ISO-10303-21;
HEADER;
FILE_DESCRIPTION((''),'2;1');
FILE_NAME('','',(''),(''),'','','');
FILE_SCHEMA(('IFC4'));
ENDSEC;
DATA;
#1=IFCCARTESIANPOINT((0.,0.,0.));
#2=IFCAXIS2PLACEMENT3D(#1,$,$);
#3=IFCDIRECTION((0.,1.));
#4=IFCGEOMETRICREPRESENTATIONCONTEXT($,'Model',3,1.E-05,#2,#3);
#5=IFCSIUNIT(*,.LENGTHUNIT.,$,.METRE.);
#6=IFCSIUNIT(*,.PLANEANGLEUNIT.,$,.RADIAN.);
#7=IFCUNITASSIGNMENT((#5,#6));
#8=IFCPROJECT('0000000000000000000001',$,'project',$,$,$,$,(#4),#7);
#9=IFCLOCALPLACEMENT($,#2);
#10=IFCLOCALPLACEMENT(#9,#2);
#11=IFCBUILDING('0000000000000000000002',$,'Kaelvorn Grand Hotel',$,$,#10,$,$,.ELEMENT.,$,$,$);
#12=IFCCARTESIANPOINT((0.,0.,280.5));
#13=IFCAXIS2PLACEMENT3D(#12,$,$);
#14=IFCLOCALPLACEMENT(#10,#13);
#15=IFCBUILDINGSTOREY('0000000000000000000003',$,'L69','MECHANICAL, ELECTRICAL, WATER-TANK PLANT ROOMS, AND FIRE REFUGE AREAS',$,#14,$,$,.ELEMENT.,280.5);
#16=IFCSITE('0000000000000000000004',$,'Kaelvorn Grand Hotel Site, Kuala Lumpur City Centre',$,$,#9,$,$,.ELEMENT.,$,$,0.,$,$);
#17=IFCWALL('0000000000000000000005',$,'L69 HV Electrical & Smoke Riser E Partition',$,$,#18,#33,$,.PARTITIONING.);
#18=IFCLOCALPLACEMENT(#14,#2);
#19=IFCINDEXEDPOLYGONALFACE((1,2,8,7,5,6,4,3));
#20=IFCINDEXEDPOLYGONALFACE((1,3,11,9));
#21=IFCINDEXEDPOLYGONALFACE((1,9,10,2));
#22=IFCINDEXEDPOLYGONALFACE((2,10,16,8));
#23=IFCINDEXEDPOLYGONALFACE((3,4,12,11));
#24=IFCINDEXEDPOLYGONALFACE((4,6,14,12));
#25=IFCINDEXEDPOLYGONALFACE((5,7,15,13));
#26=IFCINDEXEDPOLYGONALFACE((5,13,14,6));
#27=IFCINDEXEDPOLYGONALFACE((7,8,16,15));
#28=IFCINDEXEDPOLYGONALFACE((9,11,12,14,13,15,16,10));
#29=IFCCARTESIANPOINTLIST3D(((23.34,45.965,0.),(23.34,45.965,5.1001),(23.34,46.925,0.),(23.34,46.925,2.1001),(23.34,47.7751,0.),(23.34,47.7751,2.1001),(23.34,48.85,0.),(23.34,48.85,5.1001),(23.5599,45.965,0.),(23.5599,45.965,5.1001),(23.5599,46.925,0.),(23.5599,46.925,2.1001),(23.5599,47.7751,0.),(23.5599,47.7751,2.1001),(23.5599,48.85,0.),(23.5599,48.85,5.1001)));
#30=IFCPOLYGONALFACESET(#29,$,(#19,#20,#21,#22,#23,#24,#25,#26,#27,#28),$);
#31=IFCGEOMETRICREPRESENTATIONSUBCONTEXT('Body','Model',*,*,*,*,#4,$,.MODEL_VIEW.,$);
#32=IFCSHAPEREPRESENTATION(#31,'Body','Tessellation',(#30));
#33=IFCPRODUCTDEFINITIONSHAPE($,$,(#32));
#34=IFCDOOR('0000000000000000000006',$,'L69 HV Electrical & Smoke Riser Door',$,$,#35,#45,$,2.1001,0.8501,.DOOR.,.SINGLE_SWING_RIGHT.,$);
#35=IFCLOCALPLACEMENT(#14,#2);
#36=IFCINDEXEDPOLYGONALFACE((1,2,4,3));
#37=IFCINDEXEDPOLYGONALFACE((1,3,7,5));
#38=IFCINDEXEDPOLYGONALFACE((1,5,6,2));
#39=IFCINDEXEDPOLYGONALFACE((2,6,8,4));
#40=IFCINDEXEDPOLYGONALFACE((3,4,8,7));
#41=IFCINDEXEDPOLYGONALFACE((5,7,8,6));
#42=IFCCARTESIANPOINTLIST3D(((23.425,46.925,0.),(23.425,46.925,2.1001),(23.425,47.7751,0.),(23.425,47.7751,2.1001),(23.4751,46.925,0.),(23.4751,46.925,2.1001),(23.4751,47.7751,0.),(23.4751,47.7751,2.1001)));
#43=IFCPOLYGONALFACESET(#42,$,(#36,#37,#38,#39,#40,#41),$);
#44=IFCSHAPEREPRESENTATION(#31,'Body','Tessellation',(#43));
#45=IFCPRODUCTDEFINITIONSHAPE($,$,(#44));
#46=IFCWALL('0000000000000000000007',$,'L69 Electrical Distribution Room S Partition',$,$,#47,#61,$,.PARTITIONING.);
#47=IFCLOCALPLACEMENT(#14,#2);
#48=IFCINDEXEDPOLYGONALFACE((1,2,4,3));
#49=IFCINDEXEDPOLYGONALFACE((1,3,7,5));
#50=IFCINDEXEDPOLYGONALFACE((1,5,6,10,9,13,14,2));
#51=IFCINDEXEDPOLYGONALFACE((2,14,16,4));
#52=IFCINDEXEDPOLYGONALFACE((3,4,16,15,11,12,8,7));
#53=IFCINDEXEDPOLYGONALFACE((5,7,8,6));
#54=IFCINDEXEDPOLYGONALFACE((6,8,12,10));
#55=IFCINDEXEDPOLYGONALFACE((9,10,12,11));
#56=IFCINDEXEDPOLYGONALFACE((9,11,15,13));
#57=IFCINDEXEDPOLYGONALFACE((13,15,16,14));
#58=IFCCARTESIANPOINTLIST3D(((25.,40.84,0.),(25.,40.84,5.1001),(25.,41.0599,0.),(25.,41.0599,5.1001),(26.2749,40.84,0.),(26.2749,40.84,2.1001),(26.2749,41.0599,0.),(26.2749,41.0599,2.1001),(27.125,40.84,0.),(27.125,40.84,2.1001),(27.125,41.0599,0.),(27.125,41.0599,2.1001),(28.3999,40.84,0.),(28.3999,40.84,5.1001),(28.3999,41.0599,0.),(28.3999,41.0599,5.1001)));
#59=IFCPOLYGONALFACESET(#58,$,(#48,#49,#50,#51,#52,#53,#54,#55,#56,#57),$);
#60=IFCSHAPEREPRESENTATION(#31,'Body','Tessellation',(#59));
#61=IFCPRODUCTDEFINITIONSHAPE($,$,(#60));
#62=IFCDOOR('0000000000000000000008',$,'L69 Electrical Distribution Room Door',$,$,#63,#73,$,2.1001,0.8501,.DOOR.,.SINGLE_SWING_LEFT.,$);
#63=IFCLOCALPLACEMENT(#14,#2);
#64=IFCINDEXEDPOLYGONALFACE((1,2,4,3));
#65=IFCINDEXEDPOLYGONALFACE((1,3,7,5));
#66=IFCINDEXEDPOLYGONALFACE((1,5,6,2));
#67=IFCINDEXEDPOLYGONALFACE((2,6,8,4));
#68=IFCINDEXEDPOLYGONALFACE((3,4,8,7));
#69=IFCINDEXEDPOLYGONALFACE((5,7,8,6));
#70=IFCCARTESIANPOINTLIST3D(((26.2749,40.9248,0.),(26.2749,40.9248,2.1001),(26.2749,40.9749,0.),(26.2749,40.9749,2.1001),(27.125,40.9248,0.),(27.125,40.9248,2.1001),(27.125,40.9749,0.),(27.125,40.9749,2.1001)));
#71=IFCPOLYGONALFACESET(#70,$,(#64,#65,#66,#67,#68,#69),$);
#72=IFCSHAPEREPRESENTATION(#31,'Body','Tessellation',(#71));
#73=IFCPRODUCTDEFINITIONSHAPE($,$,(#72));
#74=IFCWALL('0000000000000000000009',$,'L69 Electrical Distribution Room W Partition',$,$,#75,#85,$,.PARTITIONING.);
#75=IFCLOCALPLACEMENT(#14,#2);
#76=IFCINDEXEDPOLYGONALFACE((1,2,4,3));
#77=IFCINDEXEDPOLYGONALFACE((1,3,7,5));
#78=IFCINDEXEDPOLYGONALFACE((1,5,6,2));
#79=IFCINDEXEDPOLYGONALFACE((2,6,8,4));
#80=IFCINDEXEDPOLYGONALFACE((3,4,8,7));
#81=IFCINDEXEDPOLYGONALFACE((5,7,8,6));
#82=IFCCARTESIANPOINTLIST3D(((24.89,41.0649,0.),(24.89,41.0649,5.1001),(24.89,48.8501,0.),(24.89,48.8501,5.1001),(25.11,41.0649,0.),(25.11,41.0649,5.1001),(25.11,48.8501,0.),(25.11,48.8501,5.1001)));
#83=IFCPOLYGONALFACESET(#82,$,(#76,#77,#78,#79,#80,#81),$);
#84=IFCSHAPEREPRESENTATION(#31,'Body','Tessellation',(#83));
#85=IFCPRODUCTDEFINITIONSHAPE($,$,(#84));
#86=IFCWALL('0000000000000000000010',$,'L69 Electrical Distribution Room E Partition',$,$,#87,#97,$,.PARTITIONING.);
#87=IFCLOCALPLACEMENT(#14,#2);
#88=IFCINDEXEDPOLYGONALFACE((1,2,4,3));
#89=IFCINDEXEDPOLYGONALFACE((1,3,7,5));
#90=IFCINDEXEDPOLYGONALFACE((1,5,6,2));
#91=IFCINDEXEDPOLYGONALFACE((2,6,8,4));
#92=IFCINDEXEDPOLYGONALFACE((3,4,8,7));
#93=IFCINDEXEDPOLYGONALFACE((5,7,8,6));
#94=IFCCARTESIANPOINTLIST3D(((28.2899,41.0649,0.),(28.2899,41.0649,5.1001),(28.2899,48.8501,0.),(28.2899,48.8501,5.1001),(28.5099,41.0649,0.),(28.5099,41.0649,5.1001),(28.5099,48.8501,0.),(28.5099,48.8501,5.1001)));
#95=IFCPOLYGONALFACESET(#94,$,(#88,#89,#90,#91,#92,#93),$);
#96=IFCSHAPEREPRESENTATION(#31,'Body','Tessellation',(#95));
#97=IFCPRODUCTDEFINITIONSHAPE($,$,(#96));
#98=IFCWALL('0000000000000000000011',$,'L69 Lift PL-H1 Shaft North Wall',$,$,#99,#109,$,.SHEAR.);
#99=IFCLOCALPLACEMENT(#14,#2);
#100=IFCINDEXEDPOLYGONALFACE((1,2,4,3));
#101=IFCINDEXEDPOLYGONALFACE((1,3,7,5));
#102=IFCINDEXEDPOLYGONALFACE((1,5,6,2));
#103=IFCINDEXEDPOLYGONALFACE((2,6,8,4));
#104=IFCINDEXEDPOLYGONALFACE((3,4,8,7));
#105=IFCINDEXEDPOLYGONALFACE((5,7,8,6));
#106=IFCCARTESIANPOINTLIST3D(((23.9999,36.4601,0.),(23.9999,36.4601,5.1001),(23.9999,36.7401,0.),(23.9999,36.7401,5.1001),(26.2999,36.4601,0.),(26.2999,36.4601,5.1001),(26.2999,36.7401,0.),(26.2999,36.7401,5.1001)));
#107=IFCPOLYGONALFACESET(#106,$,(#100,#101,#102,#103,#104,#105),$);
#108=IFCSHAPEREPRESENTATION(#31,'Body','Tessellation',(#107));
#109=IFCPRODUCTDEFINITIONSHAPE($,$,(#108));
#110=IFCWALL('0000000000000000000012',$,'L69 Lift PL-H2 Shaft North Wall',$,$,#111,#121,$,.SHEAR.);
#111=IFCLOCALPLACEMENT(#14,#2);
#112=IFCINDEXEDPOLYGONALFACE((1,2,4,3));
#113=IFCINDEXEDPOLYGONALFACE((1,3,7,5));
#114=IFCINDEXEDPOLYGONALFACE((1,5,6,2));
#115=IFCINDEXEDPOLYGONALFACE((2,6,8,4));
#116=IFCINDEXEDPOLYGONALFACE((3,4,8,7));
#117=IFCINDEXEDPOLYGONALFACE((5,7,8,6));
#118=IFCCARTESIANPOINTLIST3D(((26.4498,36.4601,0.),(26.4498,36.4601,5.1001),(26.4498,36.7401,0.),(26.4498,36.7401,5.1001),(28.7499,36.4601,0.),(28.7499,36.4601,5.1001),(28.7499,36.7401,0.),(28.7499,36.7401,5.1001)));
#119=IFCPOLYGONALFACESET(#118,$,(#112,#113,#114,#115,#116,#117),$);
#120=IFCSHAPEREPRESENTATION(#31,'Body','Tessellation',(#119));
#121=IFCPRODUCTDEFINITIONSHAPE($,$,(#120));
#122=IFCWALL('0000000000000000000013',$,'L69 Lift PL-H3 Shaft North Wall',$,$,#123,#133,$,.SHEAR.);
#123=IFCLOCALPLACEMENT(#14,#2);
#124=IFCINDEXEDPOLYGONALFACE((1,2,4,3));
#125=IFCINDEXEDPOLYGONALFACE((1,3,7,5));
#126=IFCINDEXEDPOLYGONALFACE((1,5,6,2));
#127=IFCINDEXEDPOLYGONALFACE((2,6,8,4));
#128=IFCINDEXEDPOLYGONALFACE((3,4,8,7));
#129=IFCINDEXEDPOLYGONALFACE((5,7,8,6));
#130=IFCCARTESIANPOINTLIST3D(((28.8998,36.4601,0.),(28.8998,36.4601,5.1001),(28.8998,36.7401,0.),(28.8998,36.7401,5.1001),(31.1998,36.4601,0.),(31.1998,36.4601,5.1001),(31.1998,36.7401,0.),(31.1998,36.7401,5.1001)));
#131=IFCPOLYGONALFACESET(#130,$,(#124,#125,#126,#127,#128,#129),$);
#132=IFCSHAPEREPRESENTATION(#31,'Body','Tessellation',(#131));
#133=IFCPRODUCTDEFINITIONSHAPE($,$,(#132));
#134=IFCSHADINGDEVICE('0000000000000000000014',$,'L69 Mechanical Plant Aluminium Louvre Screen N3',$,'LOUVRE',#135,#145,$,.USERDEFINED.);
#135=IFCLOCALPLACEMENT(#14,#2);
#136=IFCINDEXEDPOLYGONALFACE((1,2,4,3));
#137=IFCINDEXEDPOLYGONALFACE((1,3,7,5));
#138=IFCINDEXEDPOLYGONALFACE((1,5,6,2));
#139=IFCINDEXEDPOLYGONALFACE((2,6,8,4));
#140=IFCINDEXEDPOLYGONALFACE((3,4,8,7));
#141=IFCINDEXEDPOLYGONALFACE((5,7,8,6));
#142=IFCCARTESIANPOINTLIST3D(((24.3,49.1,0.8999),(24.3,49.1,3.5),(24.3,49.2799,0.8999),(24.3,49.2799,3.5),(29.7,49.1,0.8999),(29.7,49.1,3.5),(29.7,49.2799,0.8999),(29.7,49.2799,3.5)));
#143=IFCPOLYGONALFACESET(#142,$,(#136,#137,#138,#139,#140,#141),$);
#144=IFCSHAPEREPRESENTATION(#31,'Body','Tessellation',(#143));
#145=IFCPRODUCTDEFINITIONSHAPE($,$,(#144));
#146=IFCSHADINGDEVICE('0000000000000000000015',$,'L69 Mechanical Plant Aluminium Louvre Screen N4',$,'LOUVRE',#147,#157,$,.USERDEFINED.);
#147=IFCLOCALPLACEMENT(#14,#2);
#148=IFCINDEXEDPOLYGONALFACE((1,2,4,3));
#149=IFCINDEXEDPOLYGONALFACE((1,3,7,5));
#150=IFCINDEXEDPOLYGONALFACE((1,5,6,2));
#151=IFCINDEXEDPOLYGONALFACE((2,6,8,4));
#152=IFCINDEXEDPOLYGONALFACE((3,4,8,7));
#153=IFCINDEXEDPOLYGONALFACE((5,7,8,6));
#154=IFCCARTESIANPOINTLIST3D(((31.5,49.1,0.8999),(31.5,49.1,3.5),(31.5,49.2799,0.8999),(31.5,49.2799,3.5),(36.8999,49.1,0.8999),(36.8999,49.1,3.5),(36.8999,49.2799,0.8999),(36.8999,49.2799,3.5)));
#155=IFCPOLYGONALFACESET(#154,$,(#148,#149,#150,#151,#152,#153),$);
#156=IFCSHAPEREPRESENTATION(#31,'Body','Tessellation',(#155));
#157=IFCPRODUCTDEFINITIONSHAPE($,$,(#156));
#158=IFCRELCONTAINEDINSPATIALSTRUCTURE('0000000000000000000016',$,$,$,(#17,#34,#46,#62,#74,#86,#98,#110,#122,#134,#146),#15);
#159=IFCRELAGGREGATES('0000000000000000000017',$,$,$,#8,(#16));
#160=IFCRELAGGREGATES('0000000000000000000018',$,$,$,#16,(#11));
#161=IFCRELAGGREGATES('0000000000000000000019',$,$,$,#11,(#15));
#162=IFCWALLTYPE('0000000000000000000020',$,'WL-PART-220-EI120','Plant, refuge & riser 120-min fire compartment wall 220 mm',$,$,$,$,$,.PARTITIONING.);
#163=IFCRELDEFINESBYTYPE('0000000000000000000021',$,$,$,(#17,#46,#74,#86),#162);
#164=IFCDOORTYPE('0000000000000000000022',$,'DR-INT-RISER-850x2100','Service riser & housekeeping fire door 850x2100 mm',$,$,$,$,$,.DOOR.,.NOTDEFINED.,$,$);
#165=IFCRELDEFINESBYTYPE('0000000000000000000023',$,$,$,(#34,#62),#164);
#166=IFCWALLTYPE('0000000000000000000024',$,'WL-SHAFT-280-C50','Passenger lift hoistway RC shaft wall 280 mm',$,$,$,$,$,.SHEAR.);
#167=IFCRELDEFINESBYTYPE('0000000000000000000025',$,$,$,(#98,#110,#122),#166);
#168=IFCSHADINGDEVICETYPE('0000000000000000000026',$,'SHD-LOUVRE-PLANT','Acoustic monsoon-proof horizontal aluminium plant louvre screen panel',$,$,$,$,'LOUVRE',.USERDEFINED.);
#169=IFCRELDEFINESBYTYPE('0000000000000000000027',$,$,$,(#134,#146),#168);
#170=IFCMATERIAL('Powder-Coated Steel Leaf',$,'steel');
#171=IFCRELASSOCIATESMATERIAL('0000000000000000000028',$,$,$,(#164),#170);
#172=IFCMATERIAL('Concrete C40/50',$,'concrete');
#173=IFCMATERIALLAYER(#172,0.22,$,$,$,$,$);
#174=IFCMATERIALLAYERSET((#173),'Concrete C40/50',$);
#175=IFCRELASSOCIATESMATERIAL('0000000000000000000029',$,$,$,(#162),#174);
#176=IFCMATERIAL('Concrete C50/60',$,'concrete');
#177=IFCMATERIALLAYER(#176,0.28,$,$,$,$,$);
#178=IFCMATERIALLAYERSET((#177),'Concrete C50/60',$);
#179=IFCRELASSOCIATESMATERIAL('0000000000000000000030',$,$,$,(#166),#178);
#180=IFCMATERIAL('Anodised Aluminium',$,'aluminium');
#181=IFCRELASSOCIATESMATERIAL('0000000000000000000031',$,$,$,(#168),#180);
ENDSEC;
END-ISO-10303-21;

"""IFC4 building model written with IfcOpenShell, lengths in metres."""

from ifc_helpers import new_model, si_unit, direction, frame, frame_2d, origin, origin_2d, place, context, subcontext, project, spatial, rectangle, extrude, material, layer, layer_set, type_object, element, fill, save


model = new_model("IFC4")

# Units and contexts
model_context = context("Model", 3, precision=1e-05, world=origin(), true_north=direction((0.0, 1.0)))
body_context = subcontext(model_context, "Body", "Model", "MODEL_VIEW")
ifc_project = project(units=[si_unit("LENGTHUNIT", "METRE"), si_unit("PLANEANGLEUNIT", "RADIAN")], contexts=[model_context])

# Site, building, storey
site_placement = place(None, origin())
site = spatial("IfcSite", under=ifc_project, at=site_placement, Name="Kaelvorn Grand Hotel Site, Kuala Lumpur City Centre", CompositionType="ELEMENT", RefElevation=0.0)
building_placement = place(site_placement, origin())
building = spatial("IfcBuilding", under=site, at=building_placement, Name="Kaelvorn Grand Hotel", CompositionType="ELEMENT")
storey_placement = place(building_placement, frame((0.0, 0.0, 280.5)))
storey = spatial("IfcBuildingStorey", under=building, at=storey_placement, Name="L69", Description="MECHANICAL, ELECTRICAL, WATER-TANK PLANT ROOMS, AND FIRE REFUGE AREAS", CompositionType="ELEMENT", Elevation=280.5)

# Shared definitions
ifc_material_1 = material(Name="Concrete C50/60", Category="concrete")

# Shared definitions
ifc_material_2 = material(Name="Powder-Coated Steel Leaf", Category="steel")
door_type_1 = type_object("IfcDoorType", Name="DR-INT-RISER-850x2100", Description="Service riser & housekeeping fire door 850x2100 mm", OperationType="NOTDEFINED", PredefinedType="DOOR", material=ifc_material_2)

# Walls, openings, doors
ifc_material_3 = material(Name="Concrete C40/50", Category="concrete")
ifc_layer_1 = layer(ifc_material_3, 0.22)
ifc_layer_set_1 = layer_set([ifc_layer_1], Name="Concrete C40/50")
wall_type_1 = type_object("IfcWallType", Name="WL-PART-220-EI120", Description="Plant, refuge & riser 120-min fire compartment wall 220 mm", PredefinedType="PARTITIONING", material=ifc_layer_set_1)
wall_1_placement = place(storey_placement, frame((23.45, 45.9651, 0.0), z_axis=(0.0, 0.0, 1.0), x_axis=(0.0, 1.0, 0.0)))
wall_1 = element("IfcWall", 1, at=wall_1_placement, inside=storey, type_object=wall_type_1, Name="L69 HV Electrical & Smoke Riser E Partition", PredefinedType="PARTITIONING", context=body_context, shape_type="SweptSolid", body=[
    extrude(rectangle(XDim=2.885, YDim=0.22, at=frame_2d((1.4424, 0.0))), origin(), (0.0, 0.0, 1.0), 5.1001),
])
opening_1_placement = place(wall_1_placement, frame((0.96, 0.0, 0.0)))
opening_1 = element("IfcOpeningElement", 2, at=opening_1_placement, cuts=wall_1, PredefinedType="OPENING", context=body_context, shape_type="SweptSolid", body=[
    extrude(rectangle(XDim=0.8501, YDim=2.1001, at=frame_2d((0.425, 1.05))), frame((0.0, 0.1201, 0.0), z_axis=(0.0, -1.0, 0.0), x_axis=(1.0, 0.0, 0.0)), (0.0, 0.0, 1.0), 0.24),
])
door_1_placement = place(opening_1_placement, origin())
door_1 = element("IfcDoor", 3, at=door_1_placement, inside=storey, type_object=door_type_1, Name="L69 HV Electrical & Smoke Riser Door", OperationType="SINGLE_SWING_RIGHT", OverallHeight=2.1001, OverallWidth=0.8501, PredefinedType="DOOR", context=body_context, shape_type="SweptSolid", body=[
    extrude(rectangle(XDim=0.8501, YDim=2.1001, at=frame_2d((0.425, 1.05))), frame((0.0, 0.0249, 0.0), z_axis=(0.0, -1.0, 0.0), x_axis=(1.0, 0.0, 0.0)), (0.0, 0.0, 1.0), 0.05),
])
fill(opening_1, door_1)
wall_2_placement = place(storey_placement, frame((25.0, 40.95, 0.0), z_axis=(0.0, 0.0, 1.0), x_axis=(1.0, 0.0, 0.0)))
wall_2 = element("IfcWall", 4, at=wall_2_placement, inside=storey, type_object=wall_type_1, Name="L69 Electrical Distribution Room S Partition", PredefinedType="PARTITIONING", context=body_context, shape_type="SweptSolid", body=[
    extrude(rectangle(XDim=3.3999, YDim=0.22, at=frame_2d((1.7, 0.0))), origin(), (0.0, 0.0, 1.0), 5.1001),
])
opening_2_placement = place(wall_2_placement, frame((1.2749, 0.0, 0.0)))
opening_2 = element("IfcOpeningElement", 5, at=opening_2_placement, cuts=wall_2, PredefinedType="OPENING", context=body_context, shape_type="SweptSolid", body=[
    extrude(rectangle(XDim=0.8501, YDim=2.1001, at=frame_2d((0.425, 1.05))), frame((0.0, 0.1201, 0.0), z_axis=(0.0, -1.0, 0.0), x_axis=(1.0, 0.0, 0.0)), (0.0, 0.0, 1.0), 0.24),
])
door_2_placement = place(opening_2_placement, origin())
door_2 = element("IfcDoor", 6, at=door_2_placement, inside=storey, type_object=door_type_1, Name="L69 Electrical Distribution Room Door", OperationType="SINGLE_SWING_LEFT", OverallHeight=2.1001, OverallWidth=0.8501, PredefinedType="DOOR", context=body_context, shape_type="SweptSolid", body=[
    extrude(rectangle(XDim=0.8501, YDim=2.1001, at=frame_2d((0.425, 1.05))), frame((0.0, 0.0249, 0.0), z_axis=(0.0, -1.0, 0.0), x_axis=(1.0, 0.0, 0.0)), (0.0, 0.0, 1.0), 0.05),
])
fill(opening_2, door_2)

# Walls
for number, where, z_axis, x_axis, name in (
    (7, (25.0, 41.0649, 0.0), (0.0, 0.0, 1.0), (0.0, 1.0, 0.0), "L69 Electrical Distribution Room W Partition"),
    (8, (28.3999, 41.0649, 0.0), (0.0, 0.0, 1.0), (0.0, 1.0, 0.0), "L69 Electrical Distribution Room E Partition"),
):
    element("IfcWall", number, at=place(storey_placement, frame(where, z_axis=z_axis, x_axis=x_axis)), inside=storey, type_object=wall_type_1, Name=name, PredefinedType="PARTITIONING", context=body_context, shape_type="SweptSolid", body=[
        extrude(rectangle(XDim=7.7852, YDim=0.22, at=frame_2d((3.8926, 0.0))), origin(), (0.0, 0.0, 1.0), 5.1001),
    ])
ifc_layer_2 = layer(ifc_material_1, 0.28)
ifc_layer_set_2 = layer_set([ifc_layer_2], Name="Concrete C50/60")
wall_type_2 = type_object("IfcWallType", Name="WL-SHAFT-280-C50", Description="Passenger lift hoistway RC shaft wall 280 mm", PredefinedType="SHEAR", material=ifc_layer_set_2)
for number, where, z_axis, x_axis, name in (
    (9, (24.0, 36.6001, 0.0), (0.0, 0.0, 1.0), (1.0, 0.0, 0.0), "L69 Lift PL-H1 Shaft North Wall"),
    (10, (26.45, 36.6001, 0.0), (0.0, 0.0, 1.0), (1.0, 0.0, 0.0), "L69 Lift PL-H2 Shaft North Wall"),
    (11, (28.8999, 36.6001, 0.0), (0.0, 0.0, 1.0), (1.0, 0.0, 0.0), "L69 Lift PL-H3 Shaft North Wall"),
):
    element("IfcWall", number, at=place(storey_placement, frame(where, z_axis=z_axis, x_axis=x_axis)), inside=storey, type_object=wall_type_2, Name=name, PredefinedType="SHEAR", context=body_context, shape_type="SweptSolid", body=[
        extrude(rectangle(XDim=2.3, YDim=0.28, at=frame_2d((1.1499, 0.0))), origin(), (0.0, 0.0, 1.0), 5.1001),
    ])

# Shading devices
ifc_material_4 = material(Name="Anodised Aluminium", Category="aluminium")
shading_device_type = type_object("IfcShadingDeviceType", Name="SHD-LOUVRE-PLANT", Description="Acoustic monsoon-proof horizontal aluminium plant louvre screen panel", ElementType="LOUVRE", PredefinedType="USERDEFINED", material=ifc_material_4)
for number, where, z_axis, x_axis, name in (
    (12, (27.0, 49.1899, 0.8999), (0.0, 0.0, 1.0), (1.0, 0.0, 0.0), "L69 Mechanical Plant Aluminium Louvre Screen N3"),
    (13, (34.2, 49.1899, 0.8999), (0.0, 0.0, 1.0), (1.0, 0.0, 0.0), "L69 Mechanical Plant Aluminium Louvre Screen N4"),
):
    element("IfcShadingDevice", number, at=place(storey_placement, frame(where, z_axis=z_axis, x_axis=x_axis)), inside=storey, type_object=shading_device_type, Name=name, ObjectType="LOUVRE", PredefinedType="USERDEFINED", context=body_context, shape_type="SweptSolid", body=[
        extrude(rectangle(XDim=5.3999, YDim=0.1799, at=origin_2d()), origin(), (0.0, 0.0, 1.0), 2.6001),
    ])

save(model, "model.ifc")
